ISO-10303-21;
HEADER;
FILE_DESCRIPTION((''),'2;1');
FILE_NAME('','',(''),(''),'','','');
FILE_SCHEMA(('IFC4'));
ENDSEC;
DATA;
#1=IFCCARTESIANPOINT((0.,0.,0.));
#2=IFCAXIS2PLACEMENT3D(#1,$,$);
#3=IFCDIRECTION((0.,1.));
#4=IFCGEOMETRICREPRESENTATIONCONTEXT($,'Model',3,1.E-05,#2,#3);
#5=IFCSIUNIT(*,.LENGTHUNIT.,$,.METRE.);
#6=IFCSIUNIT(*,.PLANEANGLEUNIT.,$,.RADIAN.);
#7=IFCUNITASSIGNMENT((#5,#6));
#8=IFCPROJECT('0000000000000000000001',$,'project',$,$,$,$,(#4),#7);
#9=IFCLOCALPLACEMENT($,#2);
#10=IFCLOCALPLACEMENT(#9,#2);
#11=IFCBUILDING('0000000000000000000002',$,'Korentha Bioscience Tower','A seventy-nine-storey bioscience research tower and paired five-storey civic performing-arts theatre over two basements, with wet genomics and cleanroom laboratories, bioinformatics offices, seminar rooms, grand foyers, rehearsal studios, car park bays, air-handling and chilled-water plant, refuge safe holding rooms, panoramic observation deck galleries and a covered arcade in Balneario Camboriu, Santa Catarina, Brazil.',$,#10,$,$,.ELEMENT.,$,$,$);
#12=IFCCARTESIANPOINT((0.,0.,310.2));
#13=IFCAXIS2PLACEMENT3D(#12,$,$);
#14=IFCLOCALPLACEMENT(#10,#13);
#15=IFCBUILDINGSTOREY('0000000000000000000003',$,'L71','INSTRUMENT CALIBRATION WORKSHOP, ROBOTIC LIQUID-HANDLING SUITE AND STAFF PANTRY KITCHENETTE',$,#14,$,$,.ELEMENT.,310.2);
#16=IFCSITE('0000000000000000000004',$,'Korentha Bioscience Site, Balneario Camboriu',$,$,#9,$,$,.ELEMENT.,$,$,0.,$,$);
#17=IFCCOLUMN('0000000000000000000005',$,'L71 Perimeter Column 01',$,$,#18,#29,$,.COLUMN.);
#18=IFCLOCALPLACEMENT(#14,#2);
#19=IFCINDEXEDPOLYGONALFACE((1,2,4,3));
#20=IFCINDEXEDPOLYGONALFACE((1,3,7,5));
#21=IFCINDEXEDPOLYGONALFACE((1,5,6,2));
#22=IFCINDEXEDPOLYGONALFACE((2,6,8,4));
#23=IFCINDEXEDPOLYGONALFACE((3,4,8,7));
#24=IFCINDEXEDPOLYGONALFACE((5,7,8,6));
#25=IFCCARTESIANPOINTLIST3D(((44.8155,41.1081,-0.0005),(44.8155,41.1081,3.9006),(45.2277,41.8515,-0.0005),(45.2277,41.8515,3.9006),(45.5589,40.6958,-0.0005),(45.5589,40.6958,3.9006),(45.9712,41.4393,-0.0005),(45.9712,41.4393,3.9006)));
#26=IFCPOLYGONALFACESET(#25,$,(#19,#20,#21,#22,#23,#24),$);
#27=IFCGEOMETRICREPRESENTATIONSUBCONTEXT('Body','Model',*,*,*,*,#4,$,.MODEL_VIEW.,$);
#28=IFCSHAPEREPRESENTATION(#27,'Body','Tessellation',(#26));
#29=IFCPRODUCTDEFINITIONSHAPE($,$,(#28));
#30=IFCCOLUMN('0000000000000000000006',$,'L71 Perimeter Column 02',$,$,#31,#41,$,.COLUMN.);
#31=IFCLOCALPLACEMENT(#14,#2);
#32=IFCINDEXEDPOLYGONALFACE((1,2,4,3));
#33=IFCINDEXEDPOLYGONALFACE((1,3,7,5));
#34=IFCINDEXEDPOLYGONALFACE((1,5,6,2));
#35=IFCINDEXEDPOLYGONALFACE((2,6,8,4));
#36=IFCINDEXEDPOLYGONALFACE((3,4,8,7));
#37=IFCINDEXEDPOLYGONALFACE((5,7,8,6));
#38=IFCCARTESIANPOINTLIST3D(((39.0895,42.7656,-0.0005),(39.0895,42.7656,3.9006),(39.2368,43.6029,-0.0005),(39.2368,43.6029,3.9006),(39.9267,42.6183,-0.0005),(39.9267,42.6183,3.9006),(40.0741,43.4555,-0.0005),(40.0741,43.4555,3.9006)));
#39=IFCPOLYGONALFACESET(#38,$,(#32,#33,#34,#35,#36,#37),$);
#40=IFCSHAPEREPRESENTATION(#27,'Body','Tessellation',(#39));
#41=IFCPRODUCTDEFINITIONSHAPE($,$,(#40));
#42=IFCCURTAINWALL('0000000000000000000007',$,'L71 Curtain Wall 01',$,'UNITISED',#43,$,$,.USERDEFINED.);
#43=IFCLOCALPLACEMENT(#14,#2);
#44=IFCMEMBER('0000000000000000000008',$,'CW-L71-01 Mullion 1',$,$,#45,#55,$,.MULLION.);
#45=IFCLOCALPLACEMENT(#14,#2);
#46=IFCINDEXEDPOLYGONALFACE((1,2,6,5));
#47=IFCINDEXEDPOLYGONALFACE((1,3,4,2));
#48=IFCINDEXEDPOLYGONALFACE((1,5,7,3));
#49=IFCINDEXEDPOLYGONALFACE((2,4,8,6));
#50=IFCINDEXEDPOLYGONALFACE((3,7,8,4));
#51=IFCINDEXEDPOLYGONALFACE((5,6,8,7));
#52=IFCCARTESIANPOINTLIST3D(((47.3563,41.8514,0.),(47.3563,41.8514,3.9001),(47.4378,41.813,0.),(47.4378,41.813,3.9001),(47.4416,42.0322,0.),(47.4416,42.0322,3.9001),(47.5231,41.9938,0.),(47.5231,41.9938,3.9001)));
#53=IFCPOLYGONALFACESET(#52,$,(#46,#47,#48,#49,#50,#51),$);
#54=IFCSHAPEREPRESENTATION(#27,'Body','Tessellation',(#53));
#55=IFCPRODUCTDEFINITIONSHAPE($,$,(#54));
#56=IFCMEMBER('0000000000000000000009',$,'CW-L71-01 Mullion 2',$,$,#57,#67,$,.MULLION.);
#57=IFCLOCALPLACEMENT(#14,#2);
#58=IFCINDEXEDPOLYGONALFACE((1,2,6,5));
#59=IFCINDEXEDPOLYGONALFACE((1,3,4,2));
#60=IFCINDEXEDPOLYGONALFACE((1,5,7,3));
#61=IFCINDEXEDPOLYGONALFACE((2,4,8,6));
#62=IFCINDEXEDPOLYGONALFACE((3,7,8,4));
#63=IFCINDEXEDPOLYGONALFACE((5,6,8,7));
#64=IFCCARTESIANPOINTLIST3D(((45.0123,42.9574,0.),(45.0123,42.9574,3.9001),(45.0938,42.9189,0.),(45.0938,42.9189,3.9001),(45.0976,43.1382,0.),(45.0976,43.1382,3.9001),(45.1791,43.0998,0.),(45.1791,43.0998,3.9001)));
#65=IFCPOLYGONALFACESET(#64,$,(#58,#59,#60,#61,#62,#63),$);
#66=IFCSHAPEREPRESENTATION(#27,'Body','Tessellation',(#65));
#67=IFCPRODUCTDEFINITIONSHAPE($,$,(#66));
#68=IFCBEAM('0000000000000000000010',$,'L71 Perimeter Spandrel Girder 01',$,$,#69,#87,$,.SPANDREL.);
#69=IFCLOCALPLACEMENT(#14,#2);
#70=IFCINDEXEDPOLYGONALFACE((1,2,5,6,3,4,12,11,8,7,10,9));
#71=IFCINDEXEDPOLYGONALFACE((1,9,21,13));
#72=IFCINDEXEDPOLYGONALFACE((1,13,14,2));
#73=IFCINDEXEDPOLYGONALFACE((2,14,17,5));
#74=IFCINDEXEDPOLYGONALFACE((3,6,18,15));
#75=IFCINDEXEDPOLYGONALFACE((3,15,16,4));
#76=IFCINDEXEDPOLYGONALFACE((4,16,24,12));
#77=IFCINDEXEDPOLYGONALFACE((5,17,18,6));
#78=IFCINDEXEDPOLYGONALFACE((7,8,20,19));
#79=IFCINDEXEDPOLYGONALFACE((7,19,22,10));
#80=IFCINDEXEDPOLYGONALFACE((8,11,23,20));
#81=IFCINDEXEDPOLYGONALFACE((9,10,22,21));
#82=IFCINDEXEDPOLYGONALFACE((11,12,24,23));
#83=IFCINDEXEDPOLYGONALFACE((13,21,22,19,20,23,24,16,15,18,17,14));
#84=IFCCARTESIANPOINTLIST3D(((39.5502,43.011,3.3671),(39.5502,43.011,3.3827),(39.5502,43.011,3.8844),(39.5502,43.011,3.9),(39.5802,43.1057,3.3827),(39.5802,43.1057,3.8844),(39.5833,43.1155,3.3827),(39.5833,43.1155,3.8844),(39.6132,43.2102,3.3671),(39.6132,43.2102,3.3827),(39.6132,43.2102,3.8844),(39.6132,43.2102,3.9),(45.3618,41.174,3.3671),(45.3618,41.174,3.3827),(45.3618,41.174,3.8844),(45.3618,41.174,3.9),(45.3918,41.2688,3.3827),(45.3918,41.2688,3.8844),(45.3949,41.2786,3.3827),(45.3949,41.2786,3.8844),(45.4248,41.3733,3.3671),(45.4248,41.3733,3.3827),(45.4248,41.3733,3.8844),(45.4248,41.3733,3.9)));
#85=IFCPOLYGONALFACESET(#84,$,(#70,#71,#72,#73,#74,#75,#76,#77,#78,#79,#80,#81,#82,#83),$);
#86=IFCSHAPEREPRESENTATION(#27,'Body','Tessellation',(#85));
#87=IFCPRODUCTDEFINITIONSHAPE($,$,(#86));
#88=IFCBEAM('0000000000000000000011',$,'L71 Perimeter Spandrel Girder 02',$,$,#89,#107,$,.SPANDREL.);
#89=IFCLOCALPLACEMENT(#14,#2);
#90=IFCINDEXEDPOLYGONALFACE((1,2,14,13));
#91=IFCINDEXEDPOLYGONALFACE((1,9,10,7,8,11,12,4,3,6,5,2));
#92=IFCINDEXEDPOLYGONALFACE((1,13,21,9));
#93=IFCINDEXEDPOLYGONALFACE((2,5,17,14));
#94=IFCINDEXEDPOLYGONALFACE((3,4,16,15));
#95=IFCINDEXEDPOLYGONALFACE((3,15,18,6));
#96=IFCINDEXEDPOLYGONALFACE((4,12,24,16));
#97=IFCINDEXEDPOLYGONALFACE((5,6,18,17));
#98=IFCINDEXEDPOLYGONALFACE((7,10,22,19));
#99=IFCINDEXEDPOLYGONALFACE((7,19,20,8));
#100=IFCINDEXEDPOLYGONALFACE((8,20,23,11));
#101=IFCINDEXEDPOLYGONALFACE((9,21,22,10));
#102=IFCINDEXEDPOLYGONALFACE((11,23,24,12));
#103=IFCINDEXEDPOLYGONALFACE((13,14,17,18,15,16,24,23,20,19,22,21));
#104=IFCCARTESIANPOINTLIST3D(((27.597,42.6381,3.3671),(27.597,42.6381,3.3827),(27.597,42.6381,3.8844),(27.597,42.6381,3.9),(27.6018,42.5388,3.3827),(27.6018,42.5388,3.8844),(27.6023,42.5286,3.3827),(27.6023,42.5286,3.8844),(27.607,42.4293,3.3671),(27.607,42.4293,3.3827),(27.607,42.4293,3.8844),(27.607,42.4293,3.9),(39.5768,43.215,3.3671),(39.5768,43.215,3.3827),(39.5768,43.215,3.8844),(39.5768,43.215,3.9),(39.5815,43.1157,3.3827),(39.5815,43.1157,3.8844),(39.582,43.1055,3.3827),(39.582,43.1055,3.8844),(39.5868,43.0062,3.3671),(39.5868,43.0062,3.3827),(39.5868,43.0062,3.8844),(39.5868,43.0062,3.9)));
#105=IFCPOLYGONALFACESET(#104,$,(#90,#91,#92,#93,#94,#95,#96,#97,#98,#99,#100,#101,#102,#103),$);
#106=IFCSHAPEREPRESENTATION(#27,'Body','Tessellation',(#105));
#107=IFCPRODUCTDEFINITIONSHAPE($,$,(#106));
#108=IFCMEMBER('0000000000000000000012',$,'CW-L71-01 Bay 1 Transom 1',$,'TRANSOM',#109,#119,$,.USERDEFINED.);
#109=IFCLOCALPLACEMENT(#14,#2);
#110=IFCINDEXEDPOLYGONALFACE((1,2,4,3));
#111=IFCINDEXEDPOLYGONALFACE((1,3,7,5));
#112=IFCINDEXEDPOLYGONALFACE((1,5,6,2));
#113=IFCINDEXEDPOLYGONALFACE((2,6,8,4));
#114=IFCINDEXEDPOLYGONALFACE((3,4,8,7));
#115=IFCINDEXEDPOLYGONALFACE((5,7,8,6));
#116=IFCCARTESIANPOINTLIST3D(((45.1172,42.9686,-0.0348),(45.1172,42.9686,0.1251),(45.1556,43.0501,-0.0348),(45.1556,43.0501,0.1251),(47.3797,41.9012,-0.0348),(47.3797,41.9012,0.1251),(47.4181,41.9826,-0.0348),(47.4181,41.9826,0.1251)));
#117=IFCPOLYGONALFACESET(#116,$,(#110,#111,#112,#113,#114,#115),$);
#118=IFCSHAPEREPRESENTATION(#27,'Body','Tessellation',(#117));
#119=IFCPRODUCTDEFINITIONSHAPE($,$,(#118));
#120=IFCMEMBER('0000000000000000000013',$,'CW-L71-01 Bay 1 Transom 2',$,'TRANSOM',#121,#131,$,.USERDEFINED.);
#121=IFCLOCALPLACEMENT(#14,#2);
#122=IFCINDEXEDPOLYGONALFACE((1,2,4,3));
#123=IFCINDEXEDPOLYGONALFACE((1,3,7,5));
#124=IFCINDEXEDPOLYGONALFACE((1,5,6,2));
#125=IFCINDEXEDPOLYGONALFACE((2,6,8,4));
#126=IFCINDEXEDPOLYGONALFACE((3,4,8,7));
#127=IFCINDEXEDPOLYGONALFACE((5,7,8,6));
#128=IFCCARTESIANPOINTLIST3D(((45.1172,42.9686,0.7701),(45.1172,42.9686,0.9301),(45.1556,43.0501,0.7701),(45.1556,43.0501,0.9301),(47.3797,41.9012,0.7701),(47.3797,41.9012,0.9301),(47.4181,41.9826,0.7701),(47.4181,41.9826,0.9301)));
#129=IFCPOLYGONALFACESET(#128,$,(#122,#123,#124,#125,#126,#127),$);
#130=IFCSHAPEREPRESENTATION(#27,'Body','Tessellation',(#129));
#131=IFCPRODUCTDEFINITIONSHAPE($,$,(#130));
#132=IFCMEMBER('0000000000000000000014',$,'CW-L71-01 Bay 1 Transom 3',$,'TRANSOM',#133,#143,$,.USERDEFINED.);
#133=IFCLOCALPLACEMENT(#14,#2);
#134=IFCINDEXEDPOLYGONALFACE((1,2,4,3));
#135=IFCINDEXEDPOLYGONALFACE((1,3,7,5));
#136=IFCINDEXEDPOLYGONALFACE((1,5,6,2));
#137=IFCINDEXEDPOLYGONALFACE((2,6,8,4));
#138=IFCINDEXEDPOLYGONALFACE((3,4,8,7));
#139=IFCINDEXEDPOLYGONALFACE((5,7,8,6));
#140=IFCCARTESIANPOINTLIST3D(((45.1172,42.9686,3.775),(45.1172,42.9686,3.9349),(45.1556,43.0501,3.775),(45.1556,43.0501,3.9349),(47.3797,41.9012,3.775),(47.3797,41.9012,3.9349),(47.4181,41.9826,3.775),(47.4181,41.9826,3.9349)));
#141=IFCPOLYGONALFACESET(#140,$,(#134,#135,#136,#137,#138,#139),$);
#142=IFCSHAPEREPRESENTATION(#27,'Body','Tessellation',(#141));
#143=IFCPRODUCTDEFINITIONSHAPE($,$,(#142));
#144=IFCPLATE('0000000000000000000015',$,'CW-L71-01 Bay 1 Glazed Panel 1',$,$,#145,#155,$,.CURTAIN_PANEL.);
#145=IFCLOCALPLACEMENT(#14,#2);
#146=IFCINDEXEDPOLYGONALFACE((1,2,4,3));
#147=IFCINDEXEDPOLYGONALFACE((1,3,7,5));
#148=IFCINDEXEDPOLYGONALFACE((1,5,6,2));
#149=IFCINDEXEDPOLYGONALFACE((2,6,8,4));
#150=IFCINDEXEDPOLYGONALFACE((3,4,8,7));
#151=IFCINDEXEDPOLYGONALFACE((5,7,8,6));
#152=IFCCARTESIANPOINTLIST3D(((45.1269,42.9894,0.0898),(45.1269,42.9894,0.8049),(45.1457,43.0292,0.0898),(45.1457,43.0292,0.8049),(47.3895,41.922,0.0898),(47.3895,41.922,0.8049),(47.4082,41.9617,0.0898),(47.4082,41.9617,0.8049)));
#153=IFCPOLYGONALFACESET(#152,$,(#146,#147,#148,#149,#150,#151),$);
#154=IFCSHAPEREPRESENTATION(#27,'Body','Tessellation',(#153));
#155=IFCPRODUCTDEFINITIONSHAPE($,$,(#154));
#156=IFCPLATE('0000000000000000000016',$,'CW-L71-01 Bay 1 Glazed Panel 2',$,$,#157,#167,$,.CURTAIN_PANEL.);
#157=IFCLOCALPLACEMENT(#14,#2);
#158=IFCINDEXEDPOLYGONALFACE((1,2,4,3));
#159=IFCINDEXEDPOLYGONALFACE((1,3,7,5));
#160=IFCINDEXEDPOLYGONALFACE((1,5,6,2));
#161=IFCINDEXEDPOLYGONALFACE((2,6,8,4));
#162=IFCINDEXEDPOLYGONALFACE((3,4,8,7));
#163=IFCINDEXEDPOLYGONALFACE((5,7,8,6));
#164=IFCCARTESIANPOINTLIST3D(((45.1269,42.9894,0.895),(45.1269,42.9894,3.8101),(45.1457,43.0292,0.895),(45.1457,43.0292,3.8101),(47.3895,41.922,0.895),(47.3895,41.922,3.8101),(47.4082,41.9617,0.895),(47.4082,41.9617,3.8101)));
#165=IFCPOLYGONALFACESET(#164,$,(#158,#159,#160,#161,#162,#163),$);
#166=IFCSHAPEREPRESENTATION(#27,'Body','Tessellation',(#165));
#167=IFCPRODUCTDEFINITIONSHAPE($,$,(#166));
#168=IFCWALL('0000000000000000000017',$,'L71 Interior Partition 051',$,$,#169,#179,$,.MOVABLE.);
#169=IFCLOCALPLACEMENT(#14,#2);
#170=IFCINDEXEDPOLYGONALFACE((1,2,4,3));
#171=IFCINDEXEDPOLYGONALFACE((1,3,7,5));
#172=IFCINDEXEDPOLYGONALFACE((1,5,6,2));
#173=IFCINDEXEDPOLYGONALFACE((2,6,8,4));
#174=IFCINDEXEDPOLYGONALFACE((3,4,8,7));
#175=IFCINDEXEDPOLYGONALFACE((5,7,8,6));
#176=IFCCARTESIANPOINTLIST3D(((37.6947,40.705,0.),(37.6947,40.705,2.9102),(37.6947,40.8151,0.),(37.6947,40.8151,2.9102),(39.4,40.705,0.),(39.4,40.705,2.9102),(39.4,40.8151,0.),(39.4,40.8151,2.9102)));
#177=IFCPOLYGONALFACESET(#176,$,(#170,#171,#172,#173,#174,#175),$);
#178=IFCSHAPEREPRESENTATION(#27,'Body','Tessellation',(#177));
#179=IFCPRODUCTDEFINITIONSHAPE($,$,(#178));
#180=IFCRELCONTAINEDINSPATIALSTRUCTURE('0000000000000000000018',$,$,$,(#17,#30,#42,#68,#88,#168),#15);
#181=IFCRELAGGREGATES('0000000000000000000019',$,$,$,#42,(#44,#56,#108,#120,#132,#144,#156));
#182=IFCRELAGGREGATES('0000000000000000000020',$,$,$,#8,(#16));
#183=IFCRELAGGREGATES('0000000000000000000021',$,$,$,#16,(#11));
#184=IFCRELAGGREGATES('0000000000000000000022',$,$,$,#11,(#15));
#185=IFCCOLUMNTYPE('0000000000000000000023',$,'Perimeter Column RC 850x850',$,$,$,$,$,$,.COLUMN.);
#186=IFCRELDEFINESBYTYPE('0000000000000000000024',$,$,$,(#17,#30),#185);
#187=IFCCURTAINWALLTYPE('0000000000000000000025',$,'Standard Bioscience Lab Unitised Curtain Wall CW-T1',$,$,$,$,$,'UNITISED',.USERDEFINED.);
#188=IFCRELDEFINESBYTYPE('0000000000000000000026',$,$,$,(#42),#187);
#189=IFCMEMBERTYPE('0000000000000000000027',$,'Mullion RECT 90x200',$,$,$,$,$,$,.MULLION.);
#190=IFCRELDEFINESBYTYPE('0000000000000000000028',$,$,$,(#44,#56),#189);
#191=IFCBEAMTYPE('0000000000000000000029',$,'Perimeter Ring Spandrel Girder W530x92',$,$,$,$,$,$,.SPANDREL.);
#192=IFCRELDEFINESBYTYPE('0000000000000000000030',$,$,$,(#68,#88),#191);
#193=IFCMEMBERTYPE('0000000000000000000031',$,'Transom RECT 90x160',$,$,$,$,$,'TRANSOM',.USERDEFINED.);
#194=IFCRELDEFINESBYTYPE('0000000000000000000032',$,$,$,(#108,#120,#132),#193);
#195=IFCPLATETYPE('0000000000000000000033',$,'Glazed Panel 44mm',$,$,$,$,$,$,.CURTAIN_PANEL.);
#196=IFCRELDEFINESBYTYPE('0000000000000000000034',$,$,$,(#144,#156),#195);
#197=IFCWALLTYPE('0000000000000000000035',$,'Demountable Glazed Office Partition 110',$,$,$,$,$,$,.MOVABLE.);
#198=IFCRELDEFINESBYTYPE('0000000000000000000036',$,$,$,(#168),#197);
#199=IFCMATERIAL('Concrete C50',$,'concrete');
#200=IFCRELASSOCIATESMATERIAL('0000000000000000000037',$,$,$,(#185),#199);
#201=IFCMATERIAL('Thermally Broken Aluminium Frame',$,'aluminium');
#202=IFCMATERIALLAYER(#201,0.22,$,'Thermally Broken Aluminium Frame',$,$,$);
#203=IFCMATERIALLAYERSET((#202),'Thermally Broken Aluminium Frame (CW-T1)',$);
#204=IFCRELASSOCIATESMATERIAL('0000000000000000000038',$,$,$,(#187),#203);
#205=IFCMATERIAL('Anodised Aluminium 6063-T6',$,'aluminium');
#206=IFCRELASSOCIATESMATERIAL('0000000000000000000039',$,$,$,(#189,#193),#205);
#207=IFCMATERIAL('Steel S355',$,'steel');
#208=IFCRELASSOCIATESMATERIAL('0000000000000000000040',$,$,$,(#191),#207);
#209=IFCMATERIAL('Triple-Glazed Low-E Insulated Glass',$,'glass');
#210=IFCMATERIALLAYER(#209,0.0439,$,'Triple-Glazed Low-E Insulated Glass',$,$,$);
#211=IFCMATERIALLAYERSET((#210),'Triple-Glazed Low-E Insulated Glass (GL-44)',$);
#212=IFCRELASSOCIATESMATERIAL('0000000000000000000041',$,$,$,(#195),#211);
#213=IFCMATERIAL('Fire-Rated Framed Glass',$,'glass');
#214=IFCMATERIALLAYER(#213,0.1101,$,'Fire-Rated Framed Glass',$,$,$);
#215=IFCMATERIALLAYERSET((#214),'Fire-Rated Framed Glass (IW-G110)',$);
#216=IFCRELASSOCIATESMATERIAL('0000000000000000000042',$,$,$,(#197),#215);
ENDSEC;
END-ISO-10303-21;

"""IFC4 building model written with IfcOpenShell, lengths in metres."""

from ifc_helpers import new_model, si_unit, direction, frame, frame_2d, origin, origin_2d, place, context, subcontext, project, spatial, rectangle, i_section, extrude, material, layer, layer_set, material_profile, profile_set, type_object, element, aggregate, save


model = new_model("IFC4")

# Units and contexts
model_context = context("Model", 3, precision=1e-05, world=origin(), true_north=direction((0.0, 1.0)))
body_context = subcontext(model_context, "Body", "Model", "MODEL_VIEW")
ifc_project = project(units=[si_unit("LENGTHUNIT", "METRE"), si_unit("PLANEANGLEUNIT", "RADIAN")], contexts=[model_context])

# Site, building, storey
site_placement = place(None, origin())
site = spatial("IfcSite", under=ifc_project, at=site_placement, Name="Korentha Bioscience Site, Balneario Camboriu", CompositionType="ELEMENT", RefElevation=0.0)
building_placement = place(site_placement, origin())
building = spatial("IfcBuilding", under=site, at=building_placement, Name="Korentha Bioscience Tower", Description="A seventy-nine-storey bioscience research tower and paired five-storey civic performing-arts theatre over two basements, with wet genomics and cleanroom laboratories, bioinformatics offices, seminar rooms, grand foyers, rehearsal studios, car park bays, air-handling and chilled-water plant, refuge safe holding rooms, panoramic observation deck galleries and a covered arcade in Balneario Camboriu, Santa Catarina, Brazil.", CompositionType="ELEMENT")
storey_placement = place(building_placement, frame((0.0, 0.0, 310.2)))
storey = spatial("IfcBuildingStorey", under=building, at=storey_placement, Name="L71", Description="INSTRUMENT CALIBRATION WORKSHOP, ROBOTIC LIQUID-HANDLING SUITE AND STAFF PANTRY KITCHENETTE", CompositionType="ELEMENT", Elevation=310.2)

# Columns
ifc_material_1 = material(Name="Concrete C50", Category="concrete")
ifc_material_profile_1 = material_profile(ifc_material_1, rectangle(XDim=0.8501, YDim=0.8501, at=origin_2d()), Name="Concrete C50")
ifc_profile_set_1 = profile_set([ifc_material_profile_1], Name="Concrete C50 (COL-P08)")
column_type = type_object("IfcColumnType", Name="Perimeter Column RC 850x850", PredefinedType="COLUMN", material=ifc_profile_set_1)
for number, where, z_axis, x_axis, name in (
    (1, (45.3933, 41.2737, -0.0005), (0.0, 0.0, 1.0), (-0.874535, 0.484962, 0.0), "L71 Perimeter Column 01"),
    (2, (39.5818, 43.1106, -0.0005), (0.0, 0.0, 1.0), (-0.984868, 0.173304, 0.0), "L71 Perimeter Column 02"),
):
    element("IfcColumn", number, at=place(storey_placement, frame(where, z_axis=z_axis, x_axis=x_axis)), inside=storey, type_object=column_type, Name=name, PredefinedType="COLUMN", context=body_context, shape_type="SweptSolid", body=[
        extrude(rectangle(XDim=0.8501, YDim=0.8501, at=origin_2d()), origin(), (0.0, 0.0, 1.0), 3.9011),
    ])

# Curtain wall, members
ifc_material_2 = material(Name="Thermally Broken Aluminium Frame", Category="aluminium")
ifc_layer_1 = layer(ifc_material_2, 0.22, Name="Thermally Broken Aluminium Frame")
ifc_layer_set_1 = layer_set([ifc_layer_1], Name="Thermally Broken Aluminium Frame (CW-T1)")
curtain_wall_type = type_object("IfcCurtainWallType", Name="Standard Bioscience Lab Unitised Curtain Wall CW-T1", ElementType="UNITISED", PredefinedType="USERDEFINED", material=ifc_layer_set_1)
curtain_wall_placement = place(storey_placement, origin())
curtain_wall = element("IfcCurtainWall", 3, at=curtain_wall_placement, inside=storey, type_object=curtain_wall_type, Name="L71 Curtain Wall 01", ObjectType="UNITISED", PredefinedType="USERDEFINED")
ifc_material_3 = material(Name="Anodised Aluminium 6063-T6", Category="aluminium")
ifc_material_profile_2 = material_profile(ifc_material_3, rectangle(XDim=0.0901, YDim=0.2, at=origin_2d()), Name="Anodised Aluminium 6063-T6")
ifc_profile_set_2 = profile_set([ifc_material_profile_2], Name="Anodised Aluminium 6063-T6 (CW-MUL)")
member_type_1 = type_object("IfcMemberType", Name="Mullion RECT 90x200", PredefinedType="MULLION", material=ifc_profile_set_2)
member_1_placement = place(storey_placement, frame((47.4397, 41.9226, 0.0), z_axis=(0.0, 0.0, 1.0), x_axis=(-0.904397, 0.426691, 0.0)))
member_1 = element("IfcMember", 4, at=member_1_placement, type_object=member_type_1, Name="CW-L71-01 Mullion 1", PredefinedType="MULLION", context=body_context, shape_type="SweptSolid", body=[
    extrude(rectangle(XDim=0.0901, YDim=0.2, at=origin_2d()), origin(), (0.0, 0.0, 1.0), 3.9001),
])
member_2_placement = place(storey_placement, frame((45.0957, 43.0286, 0.0), z_axis=(0.0, 0.0, 1.0), x_axis=(-0.904397, 0.426691, 0.0)))
member_2 = element("IfcMember", 5, at=member_2_placement, type_object=member_type_1, Name="CW-L71-01 Mullion 2", PredefinedType="MULLION", context=body_context, shape_type="SweptSolid", body=[
    extrude(rectangle(XDim=0.0901, YDim=0.2, at=origin_2d()), origin(), (0.0, 0.0, 1.0), 3.9001),
])

# Beams
ifc_material_4 = material(Name="Steel S355", Category="steel")
ifc_material_profile_3 = material_profile(ifc_material_4, i_section(OverallWidth=0.209, OverallDepth=0.533, WebThickness=0.0103, FlangeThickness=0.0156, at=origin_2d()), Name="Steel S355")
ifc_profile_set_3 = profile_set([ifc_material_profile_3], Name="Steel S355 (SB-530)")
beam_type = type_object("IfcBeamType", Name="Perimeter Ring Spandrel Girder W530x92", PredefinedType="SPANDREL", material=ifc_profile_set_3)
beam_1_placement = place(storey_placement, frame((45.3933, 41.2737, 3.6335), z_axis=(-0.953503, 0.301384, 0.0), x_axis=(-0.301384, -0.953503, 0.0)))
element("IfcBeam", 6, at=beam_1_placement, inside=storey, type_object=beam_type, Name="L71 Perimeter Spandrel Girder 01", PredefinedType="SPANDREL", context=body_context, shape_type="SweptSolid", body=[
    extrude(i_section(OverallWidth=0.209, OverallDepth=0.533, WebThickness=0.0103, FlangeThickness=0.0156, at=origin_2d()), origin(), (0.0, 0.0, 1.0), 6.095),
])
beam_2_placement = place(storey_placement, frame((39.5818, 43.1106, 3.6335), z_axis=(-0.998842, -0.048101, 0.0), x_axis=(0.048101, -0.998842, 0.0)))
element("IfcBeam", 7, at=beam_2_placement, inside=storey, type_object=beam_type, Name="L71 Perimeter Spandrel Girder 02", PredefinedType="SPANDREL", context=body_context, shape_type="SweptSolid", body=[
    extrude(i_section(OverallWidth=0.209, OverallDepth=0.533, WebThickness=0.0103, FlangeThickness=0.0156, at=origin_2d()), origin(), (0.0, 0.0, 1.0), 11.9937),
])

# Members
ifc_material_profile_4 = material_profile(ifc_material_3, rectangle(XDim=0.0901, YDim=0.1599, at=origin_2d()), Name="Anodised Aluminium 6063-T6")
ifc_profile_set_4 = profile_set([ifc_material_profile_4], Name="Anodised Aluminium 6063-T6 (CW-TRN)")
member_type_2 = type_object("IfcMemberType", Name="Transom RECT 90x160", ElementType="TRANSOM", PredefinedType="USERDEFINED", material=ifc_profile_set_4)
member_3_placement = place(storey_placement, frame((47.3989, 41.9419, 0.0452), z_axis=(-0.904402, 0.42668, 0.0), x_axis=(-0.42668, -0.904402, 0.0)))
member_3 = element("IfcMember", 8, at=member_3_placement, type_object=member_type_2, Name="CW-L71-01 Bay 1 Transom 1", ObjectType="TRANSOM", PredefinedType="USERDEFINED", context=body_context, shape_type="SweptSolid", body=[
    extrude(rectangle(XDim=0.0901, YDim=0.1599, at=origin_2d()), origin(), (0.0, 0.0, 1.0), 2.5017),
])
member_4_placement = place(storey_placement, frame((47.3989, 41.9419, 0.8501), z_axis=(-0.904402, 0.42668, 0.0), x_axis=(-0.42668, -0.904402, 0.0)))
member_4 = element("IfcMember", 9, at=member_4_placement, type_object=member_type_2, Name="CW-L71-01 Bay 1 Transom 2", ObjectType="TRANSOM", PredefinedType="USERDEFINED", context=body_context, shape_type="SweptSolid", body=[
    extrude(rectangle(XDim=0.0901, YDim=0.1599, at=origin_2d()), origin(), (0.0, 0.0, 1.0), 2.5017),
])
member_5_placement = place(storey_placement, frame((47.3989, 41.9419, 3.855), z_axis=(-0.904402, 0.42668, 0.0), x_axis=(-0.42668, -0.904402, 0.0)))
member_5 = element("IfcMember", 10, at=member_5_placement, type_object=member_type_2, Name="CW-L71-01 Bay 1 Transom 3", ObjectType="TRANSOM", PredefinedType="USERDEFINED", context=body_context, shape_type="SweptSolid", body=[
    extrude(rectangle(XDim=0.0901, YDim=0.1599, at=origin_2d()), origin(), (0.0, 0.0, 1.0), 2.5017),
])

# Plates
ifc_material_5 = material(Name="Triple-Glazed Low-E Insulated Glass", Category="glass")
ifc_layer_2 = layer(ifc_material_5, 0.0439, Name="Triple-Glazed Low-E Insulated Glass")
ifc_layer_set_2 = layer_set([ifc_layer_2], Name="Triple-Glazed Low-E Insulated Glass (GL-44)")
plate_type = type_object("IfcPlateType", Name="Glazed Panel 44mm", PredefinedType="CURTAIN_PANEL", material=ifc_layer_set_2)
plate_1_placement = place(storey_placement, frame((46.2676, 42.4756, 0.0898), z_axis=(0.0, 0.0, 1.0), x_axis=(-0.904397, 0.426691, 0.0)))
plate_1 = element("IfcPlate", 11, at=plate_1_placement, type_object=plate_type, Name="CW-L71-01 Bay 1 Glazed Panel 1", PredefinedType="CURTAIN_PANEL", context=body_context, shape_type="SweptSolid", body=[
    extrude(rectangle(XDim=2.5017, YDim=0.0439, at=origin_2d()), origin(), (0.0, 0.0, 1.0), 0.7151),
])
plate_2_placement = place(storey_placement, frame((46.2676, 42.4756, 0.895), z_axis=(0.0, 0.0, 1.0), x_axis=(-0.904397, 0.426691, 0.0)))
plate_2 = element("IfcPlate", 12, at=plate_2_placement, type_object=plate_type, Name="CW-L71-01 Bay 1 Glazed Panel 2", PredefinedType="CURTAIN_PANEL", context=body_context, shape_type="SweptSolid", body=[
    extrude(rectangle(XDim=2.5017, YDim=0.0439, at=origin_2d()), origin(), (0.0, 0.0, 1.0), 2.915),
])
aggregate(curtain_wall, [member_1, member_2, member_3, member_4, member_5, plate_1, plate_2])

# Wall
ifc_material_6 = material(Name="Fire-Rated Framed Glass", Category="glass")
ifc_layer_3 = layer(ifc_material_6, 0.1101, Name="Fire-Rated Framed Glass")
ifc_layer_set_3 = layer_set([ifc_layer_3], Name="Fire-Rated Framed Glass (IW-G110)")
wall_type_1 = type_object("IfcWallType", Name="Demountable Glazed Office Partition 110", PredefinedType="MOVABLE", material=ifc_layer_set_3)
wall_1_placement = place(storey_placement, frame((39.3999, 40.76, 0.0), z_axis=(0.0, 0.0, 1.0), x_axis=(-1.0, 0.0, 0.0)))
element("IfcWall", 13, at=wall_1_placement, inside=storey, type_object=wall_type_1, Name="L71 Interior Partition 051", PredefinedType="MOVABLE", context=body_context, shape_type="SweptSolid", body=[
    extrude(rectangle(XDim=1.7053, YDim=0.1101, at=frame_2d((0.8525, 0.0))), origin(), (0.0, 0.0, 1.0), 2.9102),
])

save(model, "model.ifc")
